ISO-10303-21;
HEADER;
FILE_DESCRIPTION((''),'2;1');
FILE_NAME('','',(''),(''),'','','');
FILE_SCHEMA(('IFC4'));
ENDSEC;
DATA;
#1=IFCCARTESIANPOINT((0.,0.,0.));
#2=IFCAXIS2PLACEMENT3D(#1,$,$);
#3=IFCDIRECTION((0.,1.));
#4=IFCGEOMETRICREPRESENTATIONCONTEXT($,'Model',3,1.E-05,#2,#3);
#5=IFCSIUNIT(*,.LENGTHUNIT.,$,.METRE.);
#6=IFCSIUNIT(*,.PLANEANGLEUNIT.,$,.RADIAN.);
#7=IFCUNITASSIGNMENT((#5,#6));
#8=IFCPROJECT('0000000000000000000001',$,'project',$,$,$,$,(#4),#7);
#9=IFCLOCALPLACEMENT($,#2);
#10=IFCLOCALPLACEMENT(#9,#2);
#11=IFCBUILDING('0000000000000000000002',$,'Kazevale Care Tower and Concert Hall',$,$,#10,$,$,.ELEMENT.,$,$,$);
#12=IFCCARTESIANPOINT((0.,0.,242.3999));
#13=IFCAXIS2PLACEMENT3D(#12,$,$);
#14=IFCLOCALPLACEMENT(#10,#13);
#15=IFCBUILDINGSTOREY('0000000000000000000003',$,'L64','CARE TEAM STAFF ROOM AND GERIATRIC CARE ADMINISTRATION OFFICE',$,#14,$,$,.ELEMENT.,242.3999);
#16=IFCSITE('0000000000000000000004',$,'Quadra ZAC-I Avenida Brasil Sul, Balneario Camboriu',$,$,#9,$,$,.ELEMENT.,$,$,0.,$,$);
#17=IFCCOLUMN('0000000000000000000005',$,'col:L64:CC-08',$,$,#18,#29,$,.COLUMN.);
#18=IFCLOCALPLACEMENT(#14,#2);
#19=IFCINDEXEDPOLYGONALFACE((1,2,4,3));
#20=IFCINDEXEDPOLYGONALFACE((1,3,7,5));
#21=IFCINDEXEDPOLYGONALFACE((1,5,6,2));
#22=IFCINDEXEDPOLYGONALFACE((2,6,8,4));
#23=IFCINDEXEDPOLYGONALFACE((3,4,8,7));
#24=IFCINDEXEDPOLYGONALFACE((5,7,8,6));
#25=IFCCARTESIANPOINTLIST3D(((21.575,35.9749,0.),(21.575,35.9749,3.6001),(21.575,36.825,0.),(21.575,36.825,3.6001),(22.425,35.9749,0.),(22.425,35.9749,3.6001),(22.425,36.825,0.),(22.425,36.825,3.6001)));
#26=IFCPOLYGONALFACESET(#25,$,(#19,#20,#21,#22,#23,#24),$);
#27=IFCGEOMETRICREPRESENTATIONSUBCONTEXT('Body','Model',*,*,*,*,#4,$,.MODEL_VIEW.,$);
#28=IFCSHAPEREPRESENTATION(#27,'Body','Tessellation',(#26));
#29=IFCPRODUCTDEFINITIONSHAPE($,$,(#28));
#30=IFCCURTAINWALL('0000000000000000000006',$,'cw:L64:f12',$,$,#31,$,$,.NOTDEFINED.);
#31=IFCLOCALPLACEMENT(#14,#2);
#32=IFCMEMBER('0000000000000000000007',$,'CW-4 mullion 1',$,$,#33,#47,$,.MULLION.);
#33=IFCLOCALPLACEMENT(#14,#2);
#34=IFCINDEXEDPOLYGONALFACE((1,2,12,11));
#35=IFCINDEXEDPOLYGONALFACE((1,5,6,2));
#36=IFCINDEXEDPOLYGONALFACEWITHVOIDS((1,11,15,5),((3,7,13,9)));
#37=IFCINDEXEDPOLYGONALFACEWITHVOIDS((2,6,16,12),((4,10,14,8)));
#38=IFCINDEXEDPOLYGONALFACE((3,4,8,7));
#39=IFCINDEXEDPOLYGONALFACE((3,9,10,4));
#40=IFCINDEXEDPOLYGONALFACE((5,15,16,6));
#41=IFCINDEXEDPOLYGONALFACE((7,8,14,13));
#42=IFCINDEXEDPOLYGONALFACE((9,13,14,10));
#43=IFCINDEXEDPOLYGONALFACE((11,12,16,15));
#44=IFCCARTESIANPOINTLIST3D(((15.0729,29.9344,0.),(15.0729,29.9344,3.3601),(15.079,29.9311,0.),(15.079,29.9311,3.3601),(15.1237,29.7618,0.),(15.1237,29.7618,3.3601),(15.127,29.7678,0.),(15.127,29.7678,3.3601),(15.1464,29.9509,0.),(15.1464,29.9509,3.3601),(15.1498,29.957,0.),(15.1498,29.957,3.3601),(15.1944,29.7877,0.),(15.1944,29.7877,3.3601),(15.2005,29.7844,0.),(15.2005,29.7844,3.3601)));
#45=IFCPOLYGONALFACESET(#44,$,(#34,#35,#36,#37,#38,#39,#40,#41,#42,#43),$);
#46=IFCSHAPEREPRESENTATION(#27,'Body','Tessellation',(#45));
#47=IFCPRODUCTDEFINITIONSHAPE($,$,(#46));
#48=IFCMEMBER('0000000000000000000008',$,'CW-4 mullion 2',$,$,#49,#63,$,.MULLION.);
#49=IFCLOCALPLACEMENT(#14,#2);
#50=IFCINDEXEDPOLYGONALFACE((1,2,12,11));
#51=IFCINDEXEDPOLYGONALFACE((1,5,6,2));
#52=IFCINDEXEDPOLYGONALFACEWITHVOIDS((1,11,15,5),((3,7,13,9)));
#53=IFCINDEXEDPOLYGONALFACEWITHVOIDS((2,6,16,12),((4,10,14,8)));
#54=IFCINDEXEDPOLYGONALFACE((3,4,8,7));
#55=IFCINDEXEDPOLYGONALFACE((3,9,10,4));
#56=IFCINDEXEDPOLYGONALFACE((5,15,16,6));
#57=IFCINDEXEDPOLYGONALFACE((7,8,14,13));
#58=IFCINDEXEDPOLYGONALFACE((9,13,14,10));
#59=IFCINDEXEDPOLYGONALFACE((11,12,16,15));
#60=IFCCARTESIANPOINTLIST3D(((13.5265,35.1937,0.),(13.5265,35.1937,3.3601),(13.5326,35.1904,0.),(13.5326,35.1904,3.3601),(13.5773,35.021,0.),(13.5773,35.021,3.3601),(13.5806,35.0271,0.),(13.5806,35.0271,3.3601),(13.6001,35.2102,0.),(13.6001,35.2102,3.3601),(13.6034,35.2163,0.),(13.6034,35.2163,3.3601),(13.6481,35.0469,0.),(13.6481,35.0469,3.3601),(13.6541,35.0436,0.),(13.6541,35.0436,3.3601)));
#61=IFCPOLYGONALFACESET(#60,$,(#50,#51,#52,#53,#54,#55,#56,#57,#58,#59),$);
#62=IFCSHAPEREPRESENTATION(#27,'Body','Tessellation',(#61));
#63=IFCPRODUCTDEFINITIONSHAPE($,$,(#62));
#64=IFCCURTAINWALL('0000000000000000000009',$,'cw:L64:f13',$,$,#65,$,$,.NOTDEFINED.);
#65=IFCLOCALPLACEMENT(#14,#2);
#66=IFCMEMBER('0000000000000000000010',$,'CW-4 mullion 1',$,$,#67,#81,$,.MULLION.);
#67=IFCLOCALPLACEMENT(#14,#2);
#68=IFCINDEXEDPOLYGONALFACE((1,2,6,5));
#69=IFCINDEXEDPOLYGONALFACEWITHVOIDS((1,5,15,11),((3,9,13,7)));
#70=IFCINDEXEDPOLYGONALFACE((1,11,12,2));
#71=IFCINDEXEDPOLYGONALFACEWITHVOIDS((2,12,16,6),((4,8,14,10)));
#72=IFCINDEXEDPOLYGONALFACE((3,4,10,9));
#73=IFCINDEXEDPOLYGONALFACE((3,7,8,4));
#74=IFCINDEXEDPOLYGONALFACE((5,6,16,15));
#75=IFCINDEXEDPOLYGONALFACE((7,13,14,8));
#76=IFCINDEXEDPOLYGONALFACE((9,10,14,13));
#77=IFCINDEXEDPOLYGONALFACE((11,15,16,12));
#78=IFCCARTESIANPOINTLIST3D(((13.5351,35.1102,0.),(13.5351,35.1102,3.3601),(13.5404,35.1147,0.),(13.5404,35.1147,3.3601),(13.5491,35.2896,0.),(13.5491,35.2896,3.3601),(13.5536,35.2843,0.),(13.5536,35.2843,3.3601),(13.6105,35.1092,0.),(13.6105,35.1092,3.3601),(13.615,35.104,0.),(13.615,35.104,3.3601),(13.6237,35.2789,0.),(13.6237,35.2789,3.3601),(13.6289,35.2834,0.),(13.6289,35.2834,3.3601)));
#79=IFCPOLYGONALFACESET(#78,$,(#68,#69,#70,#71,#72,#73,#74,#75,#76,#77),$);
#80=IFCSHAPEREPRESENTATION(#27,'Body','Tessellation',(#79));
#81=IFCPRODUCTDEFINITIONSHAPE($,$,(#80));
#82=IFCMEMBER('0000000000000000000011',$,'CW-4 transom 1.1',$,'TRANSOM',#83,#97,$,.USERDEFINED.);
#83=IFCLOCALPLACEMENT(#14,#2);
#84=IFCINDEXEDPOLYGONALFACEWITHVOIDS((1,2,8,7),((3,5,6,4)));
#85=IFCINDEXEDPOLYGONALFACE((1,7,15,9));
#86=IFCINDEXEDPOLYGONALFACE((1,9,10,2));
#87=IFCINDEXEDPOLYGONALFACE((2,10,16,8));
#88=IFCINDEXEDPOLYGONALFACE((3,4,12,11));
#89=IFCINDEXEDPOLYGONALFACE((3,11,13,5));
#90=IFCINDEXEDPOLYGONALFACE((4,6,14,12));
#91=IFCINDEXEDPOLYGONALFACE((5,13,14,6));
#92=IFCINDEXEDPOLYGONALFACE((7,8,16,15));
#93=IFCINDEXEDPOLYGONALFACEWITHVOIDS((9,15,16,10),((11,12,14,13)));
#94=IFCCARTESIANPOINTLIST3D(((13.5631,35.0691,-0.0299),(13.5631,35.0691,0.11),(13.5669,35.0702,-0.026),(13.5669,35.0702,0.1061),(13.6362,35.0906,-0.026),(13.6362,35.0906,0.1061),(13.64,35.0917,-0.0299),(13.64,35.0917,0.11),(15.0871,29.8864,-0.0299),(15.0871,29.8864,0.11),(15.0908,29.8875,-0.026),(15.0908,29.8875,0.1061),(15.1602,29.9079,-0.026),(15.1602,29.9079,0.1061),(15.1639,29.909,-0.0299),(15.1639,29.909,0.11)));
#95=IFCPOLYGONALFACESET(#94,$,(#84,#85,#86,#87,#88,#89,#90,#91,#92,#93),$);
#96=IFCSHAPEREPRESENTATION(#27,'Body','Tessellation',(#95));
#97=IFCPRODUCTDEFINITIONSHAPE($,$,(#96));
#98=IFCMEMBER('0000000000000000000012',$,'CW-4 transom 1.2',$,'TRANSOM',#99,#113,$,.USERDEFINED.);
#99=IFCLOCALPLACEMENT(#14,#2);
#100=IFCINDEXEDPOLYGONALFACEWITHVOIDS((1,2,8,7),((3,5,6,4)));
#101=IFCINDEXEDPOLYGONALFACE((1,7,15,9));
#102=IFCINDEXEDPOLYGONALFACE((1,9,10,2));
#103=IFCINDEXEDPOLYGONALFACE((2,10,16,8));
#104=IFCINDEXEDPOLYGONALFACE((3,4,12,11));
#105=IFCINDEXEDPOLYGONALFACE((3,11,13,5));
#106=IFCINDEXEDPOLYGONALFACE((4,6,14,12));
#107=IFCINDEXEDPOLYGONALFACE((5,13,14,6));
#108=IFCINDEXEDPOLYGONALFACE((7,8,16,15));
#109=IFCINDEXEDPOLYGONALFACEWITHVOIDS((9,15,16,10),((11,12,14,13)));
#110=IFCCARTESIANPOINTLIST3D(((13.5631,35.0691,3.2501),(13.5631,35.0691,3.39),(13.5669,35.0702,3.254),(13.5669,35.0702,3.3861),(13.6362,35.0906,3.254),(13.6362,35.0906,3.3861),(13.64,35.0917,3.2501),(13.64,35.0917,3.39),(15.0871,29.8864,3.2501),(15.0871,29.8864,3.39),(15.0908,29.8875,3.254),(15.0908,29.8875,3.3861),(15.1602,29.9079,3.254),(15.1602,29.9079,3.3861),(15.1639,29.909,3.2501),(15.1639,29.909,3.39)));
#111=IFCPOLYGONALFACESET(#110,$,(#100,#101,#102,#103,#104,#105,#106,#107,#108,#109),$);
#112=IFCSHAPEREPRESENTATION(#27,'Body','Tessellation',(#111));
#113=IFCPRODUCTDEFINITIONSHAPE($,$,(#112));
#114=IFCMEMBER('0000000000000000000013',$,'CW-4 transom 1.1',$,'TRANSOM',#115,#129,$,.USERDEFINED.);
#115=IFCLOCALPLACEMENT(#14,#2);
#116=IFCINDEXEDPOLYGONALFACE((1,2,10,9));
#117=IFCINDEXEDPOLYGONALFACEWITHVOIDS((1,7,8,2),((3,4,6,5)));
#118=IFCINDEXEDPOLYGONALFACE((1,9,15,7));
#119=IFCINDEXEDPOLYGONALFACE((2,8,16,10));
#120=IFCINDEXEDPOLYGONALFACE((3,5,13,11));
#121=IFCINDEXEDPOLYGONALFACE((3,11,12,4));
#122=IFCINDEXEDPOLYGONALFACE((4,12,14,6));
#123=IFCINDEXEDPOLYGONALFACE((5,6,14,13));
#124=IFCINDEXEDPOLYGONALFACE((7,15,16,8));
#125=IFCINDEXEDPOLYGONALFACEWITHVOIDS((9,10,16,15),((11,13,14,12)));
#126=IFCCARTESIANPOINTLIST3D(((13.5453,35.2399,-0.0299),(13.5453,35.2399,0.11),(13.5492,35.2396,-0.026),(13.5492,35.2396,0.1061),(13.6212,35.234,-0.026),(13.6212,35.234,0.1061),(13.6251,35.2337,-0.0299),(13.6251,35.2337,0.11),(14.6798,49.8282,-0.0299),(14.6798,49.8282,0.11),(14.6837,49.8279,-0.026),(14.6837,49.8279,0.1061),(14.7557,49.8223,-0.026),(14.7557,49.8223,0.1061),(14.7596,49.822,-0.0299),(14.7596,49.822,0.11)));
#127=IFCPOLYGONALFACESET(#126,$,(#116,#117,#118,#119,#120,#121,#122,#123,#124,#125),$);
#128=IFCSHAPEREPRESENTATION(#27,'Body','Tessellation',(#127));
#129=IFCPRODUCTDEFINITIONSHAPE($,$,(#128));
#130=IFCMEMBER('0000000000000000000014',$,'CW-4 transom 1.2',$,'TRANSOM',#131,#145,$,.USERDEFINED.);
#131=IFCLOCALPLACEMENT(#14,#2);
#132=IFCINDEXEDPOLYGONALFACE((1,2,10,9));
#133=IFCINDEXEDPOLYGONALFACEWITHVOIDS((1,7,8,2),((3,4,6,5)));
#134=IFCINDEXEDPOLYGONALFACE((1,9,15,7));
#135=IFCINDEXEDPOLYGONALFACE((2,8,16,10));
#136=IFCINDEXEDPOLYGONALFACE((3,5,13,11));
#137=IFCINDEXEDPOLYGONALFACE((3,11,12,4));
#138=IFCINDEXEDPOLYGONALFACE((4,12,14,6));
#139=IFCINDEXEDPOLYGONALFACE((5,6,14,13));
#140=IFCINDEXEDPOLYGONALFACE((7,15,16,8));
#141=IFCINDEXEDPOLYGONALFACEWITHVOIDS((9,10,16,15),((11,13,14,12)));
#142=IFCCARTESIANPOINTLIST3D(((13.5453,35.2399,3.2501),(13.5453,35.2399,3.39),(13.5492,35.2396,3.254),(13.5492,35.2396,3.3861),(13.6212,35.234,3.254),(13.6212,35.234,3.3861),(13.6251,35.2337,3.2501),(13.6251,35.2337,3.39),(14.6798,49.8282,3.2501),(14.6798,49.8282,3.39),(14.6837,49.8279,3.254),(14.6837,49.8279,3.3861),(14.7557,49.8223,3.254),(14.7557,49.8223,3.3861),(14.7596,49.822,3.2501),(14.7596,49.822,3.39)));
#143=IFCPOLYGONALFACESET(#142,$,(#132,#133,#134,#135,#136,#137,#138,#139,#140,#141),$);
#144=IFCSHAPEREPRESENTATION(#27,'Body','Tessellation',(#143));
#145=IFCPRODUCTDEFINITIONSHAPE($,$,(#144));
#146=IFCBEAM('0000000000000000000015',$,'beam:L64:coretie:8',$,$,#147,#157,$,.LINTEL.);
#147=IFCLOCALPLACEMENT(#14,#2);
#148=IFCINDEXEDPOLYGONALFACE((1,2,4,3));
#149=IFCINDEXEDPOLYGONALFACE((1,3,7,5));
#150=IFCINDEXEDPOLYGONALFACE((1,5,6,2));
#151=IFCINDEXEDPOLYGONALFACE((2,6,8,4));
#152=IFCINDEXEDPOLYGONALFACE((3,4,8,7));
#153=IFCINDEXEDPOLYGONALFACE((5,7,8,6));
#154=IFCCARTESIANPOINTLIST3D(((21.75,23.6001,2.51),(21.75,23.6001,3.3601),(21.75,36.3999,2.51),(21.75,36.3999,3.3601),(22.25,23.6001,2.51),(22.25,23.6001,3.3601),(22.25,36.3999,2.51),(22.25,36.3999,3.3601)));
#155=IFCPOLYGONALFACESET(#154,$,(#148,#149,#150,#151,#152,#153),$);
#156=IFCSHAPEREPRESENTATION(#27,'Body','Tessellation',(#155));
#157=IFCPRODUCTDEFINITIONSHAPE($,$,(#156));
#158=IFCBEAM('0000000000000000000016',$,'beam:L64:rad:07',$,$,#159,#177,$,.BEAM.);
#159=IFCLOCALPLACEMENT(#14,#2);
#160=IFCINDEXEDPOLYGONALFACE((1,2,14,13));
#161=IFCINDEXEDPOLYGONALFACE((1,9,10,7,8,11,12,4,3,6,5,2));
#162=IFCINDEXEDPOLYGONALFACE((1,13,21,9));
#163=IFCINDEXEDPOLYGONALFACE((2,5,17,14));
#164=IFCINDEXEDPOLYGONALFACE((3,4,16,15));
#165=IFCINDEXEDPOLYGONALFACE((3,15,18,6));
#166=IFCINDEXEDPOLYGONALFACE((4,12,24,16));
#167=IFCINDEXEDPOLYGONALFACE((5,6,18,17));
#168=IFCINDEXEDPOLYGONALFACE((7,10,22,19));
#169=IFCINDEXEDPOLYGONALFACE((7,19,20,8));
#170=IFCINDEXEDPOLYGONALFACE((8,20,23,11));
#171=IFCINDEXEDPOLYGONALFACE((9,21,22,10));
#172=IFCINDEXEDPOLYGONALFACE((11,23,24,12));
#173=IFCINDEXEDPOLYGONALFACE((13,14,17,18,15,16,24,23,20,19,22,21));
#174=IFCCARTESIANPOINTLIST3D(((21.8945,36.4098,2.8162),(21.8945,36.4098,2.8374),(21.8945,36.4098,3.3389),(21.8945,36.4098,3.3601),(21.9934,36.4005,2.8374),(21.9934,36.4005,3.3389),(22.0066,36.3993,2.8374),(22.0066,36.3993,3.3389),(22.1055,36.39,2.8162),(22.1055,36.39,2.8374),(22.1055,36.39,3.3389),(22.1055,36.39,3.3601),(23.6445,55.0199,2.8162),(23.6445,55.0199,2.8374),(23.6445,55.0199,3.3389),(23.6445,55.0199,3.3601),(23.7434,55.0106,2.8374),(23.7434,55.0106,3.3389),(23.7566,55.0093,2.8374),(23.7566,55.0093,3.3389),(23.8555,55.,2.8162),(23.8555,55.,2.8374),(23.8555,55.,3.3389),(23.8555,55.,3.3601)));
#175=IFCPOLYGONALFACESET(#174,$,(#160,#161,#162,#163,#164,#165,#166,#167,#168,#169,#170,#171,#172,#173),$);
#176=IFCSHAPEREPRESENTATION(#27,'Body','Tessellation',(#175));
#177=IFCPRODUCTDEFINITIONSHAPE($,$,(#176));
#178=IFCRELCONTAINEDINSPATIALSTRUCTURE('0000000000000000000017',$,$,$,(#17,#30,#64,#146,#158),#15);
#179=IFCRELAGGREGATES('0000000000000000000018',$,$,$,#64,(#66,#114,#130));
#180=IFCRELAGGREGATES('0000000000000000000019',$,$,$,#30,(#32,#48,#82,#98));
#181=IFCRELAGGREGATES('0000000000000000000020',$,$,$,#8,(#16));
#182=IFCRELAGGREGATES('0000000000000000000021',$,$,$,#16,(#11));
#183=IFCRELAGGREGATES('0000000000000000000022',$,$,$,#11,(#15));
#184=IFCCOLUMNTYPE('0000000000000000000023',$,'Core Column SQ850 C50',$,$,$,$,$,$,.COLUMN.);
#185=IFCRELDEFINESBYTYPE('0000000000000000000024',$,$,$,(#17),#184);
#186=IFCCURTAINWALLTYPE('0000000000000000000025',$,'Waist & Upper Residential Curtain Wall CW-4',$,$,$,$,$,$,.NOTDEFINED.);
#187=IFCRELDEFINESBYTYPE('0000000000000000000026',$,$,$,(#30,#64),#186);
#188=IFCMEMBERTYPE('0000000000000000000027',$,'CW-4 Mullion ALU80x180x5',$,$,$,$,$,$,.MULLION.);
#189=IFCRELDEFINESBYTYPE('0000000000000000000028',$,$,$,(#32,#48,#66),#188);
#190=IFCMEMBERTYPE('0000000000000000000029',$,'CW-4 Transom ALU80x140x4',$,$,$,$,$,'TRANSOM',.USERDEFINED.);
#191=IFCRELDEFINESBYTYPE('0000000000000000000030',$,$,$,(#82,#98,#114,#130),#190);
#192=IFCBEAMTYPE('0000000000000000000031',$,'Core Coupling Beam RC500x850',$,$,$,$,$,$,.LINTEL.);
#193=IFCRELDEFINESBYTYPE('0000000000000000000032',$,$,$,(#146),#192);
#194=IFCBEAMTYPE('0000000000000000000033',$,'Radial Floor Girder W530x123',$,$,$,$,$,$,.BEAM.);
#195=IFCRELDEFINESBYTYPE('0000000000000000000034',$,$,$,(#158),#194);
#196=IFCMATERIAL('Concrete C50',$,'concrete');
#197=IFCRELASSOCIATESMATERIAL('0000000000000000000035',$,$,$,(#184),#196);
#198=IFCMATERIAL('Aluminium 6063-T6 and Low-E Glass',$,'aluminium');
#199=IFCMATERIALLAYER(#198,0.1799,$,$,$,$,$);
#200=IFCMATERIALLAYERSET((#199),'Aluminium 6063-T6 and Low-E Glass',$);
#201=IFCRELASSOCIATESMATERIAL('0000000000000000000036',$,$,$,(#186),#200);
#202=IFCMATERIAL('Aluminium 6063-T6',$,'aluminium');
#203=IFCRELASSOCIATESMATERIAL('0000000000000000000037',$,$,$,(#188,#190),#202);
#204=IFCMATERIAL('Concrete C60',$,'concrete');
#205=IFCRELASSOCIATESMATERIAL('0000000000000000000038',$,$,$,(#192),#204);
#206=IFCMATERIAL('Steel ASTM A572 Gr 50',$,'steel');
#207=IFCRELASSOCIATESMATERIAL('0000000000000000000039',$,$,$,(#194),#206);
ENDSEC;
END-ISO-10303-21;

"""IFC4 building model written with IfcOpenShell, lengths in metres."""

from ifc_helpers import new_model, si_unit, direction, frame, origin, origin_2d, place, context, subcontext, project, spatial, rectangle, hollow_rectangle, i_section, extrude, material, layer, layer_set, material_profile, profile_set, type_object, element, aggregate, save


model = new_model("IFC4")

# Units and contexts
model_context = context("Model", 3, precision=1e-05, world=origin(), true_north=direction((0.0, 1.0)))
body_context = subcontext(model_context, "Body", "Model", "MODEL_VIEW")
ifc_project = project(units=[si_unit("LENGTHUNIT", "METRE"), si_unit("PLANEANGLEUNIT", "RADIAN")], contexts=[model_context])

# Site, building, storey
site_placement = place(None, origin())
site = spatial("IfcSite", under=ifc_project, at=site_placement, Name="Quadra ZAC-I Avenida Brasil Sul, Balneario Camboriu", CompositionType="ELEMENT", RefElevation=0.0)
building_placement = place(site_placement, origin())
building = spatial("IfcBuilding", under=site, at=building_placement, Name="Kazevale Care Tower and Concert Hall", CompositionType="ELEMENT")
storey_placement = place(building_placement, frame((0.0, 0.0, 242.3999)))
storey = spatial("IfcBuildingStorey", under=building, at=storey_placement, Name="L64", Description="CARE TEAM STAFF ROOM AND GERIATRIC CARE ADMINISTRATION OFFICE", CompositionType="ELEMENT", Elevation=242.3999)

# Column
ifc_material_1 = material(Name="Concrete C50", Category="concrete")
ifc_material_profile_1 = material_profile(ifc_material_1, rectangle(XDim=0.8501, YDim=0.8501, at=origin_2d()), Name="RC-SQ850")
ifc_profile_set_1 = profile_set([ifc_material_profile_1], Name="Concrete C50")
column_type = type_object("IfcColumnType", Name="Core Column SQ850 C50", PredefinedType="COLUMN", material=ifc_profile_set_1)
column_placement = place(storey_placement, frame((22.0, 36.3999, 0.0), z_axis=(0.0, 0.0, 1.0), x_axis=(1.0, 0.0, 0.0)))
element("IfcColumn", 1, at=column_placement, inside=storey, type_object=column_type, Name="col:L64:CC-08", PredefinedType="COLUMN", context=body_context, shape_type="SweptSolid", body=[
    extrude(rectangle(XDim=0.8501, YDim=0.8501, at=origin_2d()), origin(), (0.0, 0.0, 1.0), 3.6001),
])

# Curtain wall, members
ifc_material_2 = material(Name="Aluminium 6063-T6 and Low-E Glass", Category="aluminium")
ifc_layer_1 = layer(ifc_material_2, 0.1799)
ifc_layer_set_1 = layer_set([ifc_layer_1], Name="Aluminium 6063-T6 and Low-E Glass")
curtain_wall_type = type_object("IfcCurtainWallType", Name="Waist & Upper Residential Curtain Wall CW-4", PredefinedType="NOTDEFINED", material=ifc_layer_set_1)
curtain_wall_1_placement = place(storey_placement, origin())
curtain_wall_1 = element("IfcCurtainWall", 2, at=curtain_wall_1_placement, inside=storey, type_object=curtain_wall_type, Name="cw:L64:f12", PredefinedType="NOTDEFINED")
ifc_material_3 = material(Name="Aluminium 6063-T6", Category="aluminium")
ifc_material_profile_2 = material_profile(ifc_material_3, hollow_rectangle(XDim=0.0801, YDim=0.1799, WallThickness=0.0049, at=origin_2d()), Name="ALU80x180x5")
ifc_profile_set_2 = profile_set([ifc_material_profile_2], Name="Aluminium 6063-T6")
member_type_1 = type_object("IfcMemberType", Name="CW-4 Mullion ALU80x180x5", PredefinedType="MULLION", material=ifc_profile_set_2)
member_1_placement = place(storey_placement, frame((15.1367, 29.8594, 0.0), z_axis=(0.0, 0.0, 1.0), x_axis=(-0.959386, -0.282098, 0.0)))
member_1 = element("IfcMember", 3, at=member_1_placement, type_object=member_type_1, Name="CW-4 mullion 1", PredefinedType="MULLION", context=body_context, shape_type="SweptSolid", body=[
    extrude(hollow_rectangle(XDim=0.0801, YDim=0.1799, WallThickness=0.0049, at=origin_2d()), origin(), (0.0, 0.0, 1.0), 3.3601),
])
member_2_placement = place(storey_placement, frame((13.5903, 35.1187, 0.0), z_axis=(0.0, 0.0, 1.0), x_axis=(-0.959386, -0.282098, 0.0)))
member_2 = element("IfcMember", 4, at=member_2_placement, type_object=member_type_1, Name="CW-4 mullion 2", PredefinedType="MULLION", context=body_context, shape_type="SweptSolid", body=[
    extrude(hollow_rectangle(XDim=0.0801, YDim=0.1799, WallThickness=0.0049, at=origin_2d()), origin(), (0.0, 0.0, 1.0), 3.3601),
])

# Curtain wall, member
curtain_wall_2_placement = place(storey_placement, origin())
curtain_wall_2 = element("IfcCurtainWall", 5, at=curtain_wall_2_placement, inside=storey, type_object=curtain_wall_type, Name="cw:L64:f13", PredefinedType="NOTDEFINED")
member_3_placement = place(storey_placement, frame((13.582, 35.1968, 0.0), z_axis=(0.0, 0.0, 1.0), x_axis=(-0.996989, 0.077539, 0.0)))
member_3 = element("IfcMember", 6, at=member_3_placement, type_object=member_type_1, Name="CW-4 mullion 1", PredefinedType="MULLION", context=body_context, shape_type="SweptSolid", body=[
    extrude(hollow_rectangle(XDim=0.0801, YDim=0.1799, WallThickness=0.0049, at=origin_2d()), origin(), (0.0, 0.0, 1.0), 3.3601),
])

# Members
ifc_material_profile_3 = material_profile(ifc_material_3, hollow_rectangle(XDim=0.0801, YDim=0.1399, WallThickness=0.0039, at=origin_2d()), Name="ALU80x140x4")
ifc_profile_set_3 = profile_set([ifc_material_profile_3], Name="Aluminium 6063-T6")
member_type_2 = type_object("IfcMemberType", Name="CW-4 Transom ALU80x140x4", ElementType="TRANSOM", PredefinedType="USERDEFINED", material=ifc_profile_set_3)
member_4_placement = place(storey_placement, frame((15.1255, 29.8977, 0.04), z_axis=(-0.282103, 0.959384, 0.0), x_axis=(-0.959384, -0.282103, 0.0)))
member_4 = element("IfcMember", 7, at=member_4_placement, type_object=member_type_2, Name="CW-4 transom 1.1", ObjectType="TRANSOM", PredefinedType="USERDEFINED", context=body_context, shape_type="SweptSolid", body=[
    extrude(hollow_rectangle(XDim=0.0801, YDim=0.1399, WallThickness=0.0039, at=origin_2d()), origin(), (0.0, 0.0, 1.0), 5.4021),
])
member_5_placement = place(storey_placement, frame((15.1255, 29.8977, 3.3201), z_axis=(-0.282103, 0.959384, 0.0), x_axis=(-0.959384, -0.282103, 0.0)))
member_5 = element("IfcMember", 8, at=member_5_placement, type_object=member_type_2, Name="CW-4 transom 1.2", ObjectType="TRANSOM", PredefinedType="USERDEFINED", context=body_context, shape_type="SweptSolid", body=[
    extrude(hollow_rectangle(XDim=0.0801, YDim=0.1399, WallThickness=0.0039, at=origin_2d()), origin(), (0.0, 0.0, 1.0), 5.4021),
])
member_6_placement = place(storey_placement, frame((13.5852, 35.2368, 0.04), z_axis=(0.077535, 0.99699, 0.0), x_axis=(-0.99699, 0.077535, 0.0)))
member_6 = element("IfcMember", 9, at=member_6_placement, type_object=member_type_2, Name="CW-4 transom 1.1", ObjectType="TRANSOM", PredefinedType="USERDEFINED", context=body_context, shape_type="SweptSolid", body=[
    extrude(hollow_rectangle(XDim=0.0801, YDim=0.1399, WallThickness=0.0039, at=origin_2d()), origin(), (0.0, 0.0, 1.0), 14.6323),
])
member_7_placement = place(storey_placement, frame((13.5852, 35.2368, 3.3201), z_axis=(0.077535, 0.99699, 0.0), x_axis=(-0.99699, 0.077535, 0.0)))
member_7 = element("IfcMember", 10, at=member_7_placement, type_object=member_type_2, Name="CW-4 transom 1.2", ObjectType="TRANSOM", PredefinedType="USERDEFINED", context=body_context, shape_type="SweptSolid", body=[
    extrude(hollow_rectangle(XDim=0.0801, YDim=0.1399, WallThickness=0.0039, at=origin_2d()), origin(), (0.0, 0.0, 1.0), 14.6323),
])
aggregate(curtain_wall_2, [member_3, member_6, member_7])

# Beams
ifc_material_4 = material(Name="Concrete C60", Category="concrete")
ifc_material_profile_4 = material_profile(ifc_material_4, rectangle(XDim=0.5, YDim=0.8501, at=origin_2d()), Name="RC-B500x850")
ifc_profile_set_4 = profile_set([ifc_material_profile_4], Name="Concrete C60")
beam_type_1 = type_object("IfcBeamType", Name="Core Coupling Beam RC500x850", PredefinedType="LINTEL", material=ifc_profile_set_4)
beam_1_placement = place(storey_placement, frame((22.0, 36.3999, 2.9351), z_axis=(0.0, -1.0, 0.0), x_axis=(1.0, 0.0, 0.0)))
element("IfcBeam", 11, at=beam_1_placement, inside=storey, type_object=beam_type_1, Name="beam:L64:coretie:8", PredefinedType="LINTEL", context=body_context, shape_type="SweptSolid", body=[
    extrude(rectangle(XDim=0.5, YDim=0.8501, at=origin_2d()), origin(), (0.0, 0.0, 1.0), 12.7998),
])
ifc_material_5 = material(Name="Steel ASTM A572 Gr 50", Category="steel")
ifc_material_profile_5 = material_profile(ifc_material_5, i_section(OverallWidth=0.2119, OverallDepth=0.5439, WebThickness=0.0132, FlangeThickness=0.0212, at=origin_2d()), Name="W530x123")
ifc_profile_set_5 = profile_set([ifc_material_profile_5], Name="Steel ASTM A572 Gr 50")
beam_type_2 = type_object("IfcBeamType", Name="Radial Floor Girder W530x123", PredefinedType="BEAM", material=ifc_profile_set_5)
beam_2_placement = place(storey_placement, frame((22.0, 36.3999, 3.0881), z_axis=(0.093622, 0.995608, 0.0), x_axis=(-0.995608, 0.093622, 0.0)))
element("IfcBeam", 12, at=beam_2_placement, inside=storey, type_object=beam_type_2, Name="beam:L64:rad:07", PredefinedType="BEAM", context=body_context, shape_type="SweptSolid", body=[
    extrude(i_section(OverallWidth=0.2119, OverallDepth=0.5439, WebThickness=0.0132, FlangeThickness=0.0212, at=origin_2d()), origin(), (0.0, 0.0, 1.0), 18.6921),
])

aggregate(curtain_wall_1, [member_1, member_2, member_4, member_5])

save(model, "model.ifc")
